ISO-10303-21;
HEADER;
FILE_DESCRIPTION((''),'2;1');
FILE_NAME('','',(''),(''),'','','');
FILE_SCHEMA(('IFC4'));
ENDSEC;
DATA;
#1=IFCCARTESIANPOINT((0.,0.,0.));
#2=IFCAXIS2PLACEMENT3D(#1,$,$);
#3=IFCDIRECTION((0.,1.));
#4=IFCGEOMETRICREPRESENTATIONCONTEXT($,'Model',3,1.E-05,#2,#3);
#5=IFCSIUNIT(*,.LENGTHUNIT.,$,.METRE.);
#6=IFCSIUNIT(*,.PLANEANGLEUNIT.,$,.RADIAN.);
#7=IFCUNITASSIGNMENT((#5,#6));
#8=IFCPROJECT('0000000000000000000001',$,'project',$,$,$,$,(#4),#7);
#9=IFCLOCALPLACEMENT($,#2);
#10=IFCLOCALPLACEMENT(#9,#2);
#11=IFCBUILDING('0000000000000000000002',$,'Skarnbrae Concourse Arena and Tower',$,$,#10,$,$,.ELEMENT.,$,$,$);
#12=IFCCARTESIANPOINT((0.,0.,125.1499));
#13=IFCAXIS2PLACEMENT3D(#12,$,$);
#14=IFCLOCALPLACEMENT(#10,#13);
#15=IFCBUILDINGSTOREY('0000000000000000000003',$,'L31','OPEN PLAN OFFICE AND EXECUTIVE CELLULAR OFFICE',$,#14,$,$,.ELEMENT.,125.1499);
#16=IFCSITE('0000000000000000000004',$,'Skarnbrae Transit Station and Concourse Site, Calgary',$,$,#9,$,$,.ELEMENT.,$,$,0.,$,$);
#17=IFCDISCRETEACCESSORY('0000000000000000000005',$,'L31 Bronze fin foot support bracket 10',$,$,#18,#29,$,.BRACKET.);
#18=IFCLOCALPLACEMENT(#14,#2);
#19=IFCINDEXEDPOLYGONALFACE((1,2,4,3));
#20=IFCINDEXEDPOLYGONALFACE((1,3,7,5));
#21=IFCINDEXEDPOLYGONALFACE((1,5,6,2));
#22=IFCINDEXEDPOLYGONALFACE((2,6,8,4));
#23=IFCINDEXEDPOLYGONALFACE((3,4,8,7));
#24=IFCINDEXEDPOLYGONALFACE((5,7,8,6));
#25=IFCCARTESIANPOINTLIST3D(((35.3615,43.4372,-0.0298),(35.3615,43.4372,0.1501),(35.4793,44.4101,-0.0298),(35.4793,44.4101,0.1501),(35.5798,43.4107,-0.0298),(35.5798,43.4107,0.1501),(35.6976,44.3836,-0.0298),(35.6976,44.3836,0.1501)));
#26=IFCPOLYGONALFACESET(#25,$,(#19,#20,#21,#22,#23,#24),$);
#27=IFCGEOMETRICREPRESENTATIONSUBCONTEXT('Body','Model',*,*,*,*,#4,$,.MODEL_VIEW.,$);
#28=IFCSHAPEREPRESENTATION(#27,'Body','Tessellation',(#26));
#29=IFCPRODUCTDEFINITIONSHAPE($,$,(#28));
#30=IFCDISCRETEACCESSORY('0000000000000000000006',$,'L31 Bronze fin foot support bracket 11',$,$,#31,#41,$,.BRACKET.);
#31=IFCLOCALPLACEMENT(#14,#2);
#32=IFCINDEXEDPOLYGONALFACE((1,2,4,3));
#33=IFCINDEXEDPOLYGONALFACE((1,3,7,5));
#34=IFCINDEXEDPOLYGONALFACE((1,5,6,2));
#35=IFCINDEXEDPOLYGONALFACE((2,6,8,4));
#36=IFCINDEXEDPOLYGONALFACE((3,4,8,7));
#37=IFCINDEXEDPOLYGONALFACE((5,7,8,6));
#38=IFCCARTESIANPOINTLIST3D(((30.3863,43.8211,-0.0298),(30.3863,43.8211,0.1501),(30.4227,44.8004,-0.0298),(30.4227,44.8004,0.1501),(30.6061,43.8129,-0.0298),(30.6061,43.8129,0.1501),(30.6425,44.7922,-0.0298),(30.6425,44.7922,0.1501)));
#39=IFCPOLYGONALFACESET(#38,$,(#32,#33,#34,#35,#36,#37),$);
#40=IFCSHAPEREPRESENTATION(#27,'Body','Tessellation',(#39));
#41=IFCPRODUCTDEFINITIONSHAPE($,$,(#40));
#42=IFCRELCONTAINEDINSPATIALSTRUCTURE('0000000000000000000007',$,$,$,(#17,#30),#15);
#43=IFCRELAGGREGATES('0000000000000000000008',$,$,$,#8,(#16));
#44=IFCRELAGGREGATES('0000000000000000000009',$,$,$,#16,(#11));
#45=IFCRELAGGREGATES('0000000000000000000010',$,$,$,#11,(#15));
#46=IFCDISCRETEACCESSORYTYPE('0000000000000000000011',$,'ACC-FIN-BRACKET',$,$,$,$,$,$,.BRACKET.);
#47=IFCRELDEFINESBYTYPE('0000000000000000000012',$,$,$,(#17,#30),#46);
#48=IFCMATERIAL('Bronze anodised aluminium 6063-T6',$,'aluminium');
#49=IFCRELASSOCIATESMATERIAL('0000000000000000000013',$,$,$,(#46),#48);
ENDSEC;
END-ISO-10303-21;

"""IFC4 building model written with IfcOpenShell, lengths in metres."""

from ifc_helpers import new_model, si_unit, direction, frame, origin, origin_2d, place, context, subcontext, project, spatial, rectangle, extrude, source, transform, mapped, material, type_object, element, save


model = new_model("IFC4")

# Units and contexts
model_context = context("Model", 3, precision=1e-05, world=origin(), true_north=direction((0.0, 1.0)))
body_context = subcontext(model_context, "Body", "Model", "MODEL_VIEW")
ifc_project = project(units=[si_unit("LENGTHUNIT", "METRE"), si_unit("PLANEANGLEUNIT", "RADIAN")], contexts=[model_context])

# Site, building, storey
site_placement = place(None, origin())
site = spatial("IfcSite", under=ifc_project, at=site_placement, Name="Skarnbrae Transit Station and Concourse Site, Calgary", CompositionType="ELEMENT", RefElevation=0.0)
building_placement = place(site_placement, origin())
building = spatial("IfcBuilding", under=site, at=building_placement, Name="Skarnbrae Concourse Arena and Tower", CompositionType="ELEMENT")
storey_placement = place(building_placement, frame((0.0, 0.0, 125.1499)))
storey = spatial("IfcBuildingStorey", under=building, at=storey_placement, Name="L31", Description="OPEN PLAN OFFICE AND EXECUTIVE CELLULAR OFFICE", CompositionType="ELEMENT", Elevation=125.1499)

# Shared definitions
ifc_material_1 = material(Name="Bronze anodised aluminium 6063-T6", Category="aluminium")

# Discrete accessories
discrete_accessory_type = type_object("IfcDiscreteAccessoryType", Name="ACC-FIN-BRACKET", PredefinedType="BRACKET", material=ifc_material_1)
shared_shape_1 = source(origin(), body_context, "Body", "SweptSolid", [
    extrude(rectangle(XDim=0.22, YDim=0.98, at=origin_2d()), origin(), (0.0, 0.0, 1.0), 0.1799),
])
for number, where, z_axis, x_axis, name in (
    (1, (35.5295, 43.9104, -0.0298), (0.0, 0.0, 1.0), (0.992749, -0.120206, 0.0), "L31 Bronze fin foot support bracket 10"),
    (2, (30.5144, 44.3066, -0.0298), (0.0, 0.0, 1.0), (0.999308, -0.037184, 0.0), "L31 Bronze fin foot support bracket 11"),
):
    element("IfcDiscreteAccessory", number, at=place(storey_placement, frame(where, z_axis=z_axis, x_axis=x_axis)), inside=storey, type_object=discrete_accessory_type, Name=name, PredefinedType="BRACKET", context=body_context, shape_type="MappedRepresentation", body=[
        mapped(shared_shape_1, transform((0.0, 0.0, 0.0))),
    ])

save(model, "model.ifc")
